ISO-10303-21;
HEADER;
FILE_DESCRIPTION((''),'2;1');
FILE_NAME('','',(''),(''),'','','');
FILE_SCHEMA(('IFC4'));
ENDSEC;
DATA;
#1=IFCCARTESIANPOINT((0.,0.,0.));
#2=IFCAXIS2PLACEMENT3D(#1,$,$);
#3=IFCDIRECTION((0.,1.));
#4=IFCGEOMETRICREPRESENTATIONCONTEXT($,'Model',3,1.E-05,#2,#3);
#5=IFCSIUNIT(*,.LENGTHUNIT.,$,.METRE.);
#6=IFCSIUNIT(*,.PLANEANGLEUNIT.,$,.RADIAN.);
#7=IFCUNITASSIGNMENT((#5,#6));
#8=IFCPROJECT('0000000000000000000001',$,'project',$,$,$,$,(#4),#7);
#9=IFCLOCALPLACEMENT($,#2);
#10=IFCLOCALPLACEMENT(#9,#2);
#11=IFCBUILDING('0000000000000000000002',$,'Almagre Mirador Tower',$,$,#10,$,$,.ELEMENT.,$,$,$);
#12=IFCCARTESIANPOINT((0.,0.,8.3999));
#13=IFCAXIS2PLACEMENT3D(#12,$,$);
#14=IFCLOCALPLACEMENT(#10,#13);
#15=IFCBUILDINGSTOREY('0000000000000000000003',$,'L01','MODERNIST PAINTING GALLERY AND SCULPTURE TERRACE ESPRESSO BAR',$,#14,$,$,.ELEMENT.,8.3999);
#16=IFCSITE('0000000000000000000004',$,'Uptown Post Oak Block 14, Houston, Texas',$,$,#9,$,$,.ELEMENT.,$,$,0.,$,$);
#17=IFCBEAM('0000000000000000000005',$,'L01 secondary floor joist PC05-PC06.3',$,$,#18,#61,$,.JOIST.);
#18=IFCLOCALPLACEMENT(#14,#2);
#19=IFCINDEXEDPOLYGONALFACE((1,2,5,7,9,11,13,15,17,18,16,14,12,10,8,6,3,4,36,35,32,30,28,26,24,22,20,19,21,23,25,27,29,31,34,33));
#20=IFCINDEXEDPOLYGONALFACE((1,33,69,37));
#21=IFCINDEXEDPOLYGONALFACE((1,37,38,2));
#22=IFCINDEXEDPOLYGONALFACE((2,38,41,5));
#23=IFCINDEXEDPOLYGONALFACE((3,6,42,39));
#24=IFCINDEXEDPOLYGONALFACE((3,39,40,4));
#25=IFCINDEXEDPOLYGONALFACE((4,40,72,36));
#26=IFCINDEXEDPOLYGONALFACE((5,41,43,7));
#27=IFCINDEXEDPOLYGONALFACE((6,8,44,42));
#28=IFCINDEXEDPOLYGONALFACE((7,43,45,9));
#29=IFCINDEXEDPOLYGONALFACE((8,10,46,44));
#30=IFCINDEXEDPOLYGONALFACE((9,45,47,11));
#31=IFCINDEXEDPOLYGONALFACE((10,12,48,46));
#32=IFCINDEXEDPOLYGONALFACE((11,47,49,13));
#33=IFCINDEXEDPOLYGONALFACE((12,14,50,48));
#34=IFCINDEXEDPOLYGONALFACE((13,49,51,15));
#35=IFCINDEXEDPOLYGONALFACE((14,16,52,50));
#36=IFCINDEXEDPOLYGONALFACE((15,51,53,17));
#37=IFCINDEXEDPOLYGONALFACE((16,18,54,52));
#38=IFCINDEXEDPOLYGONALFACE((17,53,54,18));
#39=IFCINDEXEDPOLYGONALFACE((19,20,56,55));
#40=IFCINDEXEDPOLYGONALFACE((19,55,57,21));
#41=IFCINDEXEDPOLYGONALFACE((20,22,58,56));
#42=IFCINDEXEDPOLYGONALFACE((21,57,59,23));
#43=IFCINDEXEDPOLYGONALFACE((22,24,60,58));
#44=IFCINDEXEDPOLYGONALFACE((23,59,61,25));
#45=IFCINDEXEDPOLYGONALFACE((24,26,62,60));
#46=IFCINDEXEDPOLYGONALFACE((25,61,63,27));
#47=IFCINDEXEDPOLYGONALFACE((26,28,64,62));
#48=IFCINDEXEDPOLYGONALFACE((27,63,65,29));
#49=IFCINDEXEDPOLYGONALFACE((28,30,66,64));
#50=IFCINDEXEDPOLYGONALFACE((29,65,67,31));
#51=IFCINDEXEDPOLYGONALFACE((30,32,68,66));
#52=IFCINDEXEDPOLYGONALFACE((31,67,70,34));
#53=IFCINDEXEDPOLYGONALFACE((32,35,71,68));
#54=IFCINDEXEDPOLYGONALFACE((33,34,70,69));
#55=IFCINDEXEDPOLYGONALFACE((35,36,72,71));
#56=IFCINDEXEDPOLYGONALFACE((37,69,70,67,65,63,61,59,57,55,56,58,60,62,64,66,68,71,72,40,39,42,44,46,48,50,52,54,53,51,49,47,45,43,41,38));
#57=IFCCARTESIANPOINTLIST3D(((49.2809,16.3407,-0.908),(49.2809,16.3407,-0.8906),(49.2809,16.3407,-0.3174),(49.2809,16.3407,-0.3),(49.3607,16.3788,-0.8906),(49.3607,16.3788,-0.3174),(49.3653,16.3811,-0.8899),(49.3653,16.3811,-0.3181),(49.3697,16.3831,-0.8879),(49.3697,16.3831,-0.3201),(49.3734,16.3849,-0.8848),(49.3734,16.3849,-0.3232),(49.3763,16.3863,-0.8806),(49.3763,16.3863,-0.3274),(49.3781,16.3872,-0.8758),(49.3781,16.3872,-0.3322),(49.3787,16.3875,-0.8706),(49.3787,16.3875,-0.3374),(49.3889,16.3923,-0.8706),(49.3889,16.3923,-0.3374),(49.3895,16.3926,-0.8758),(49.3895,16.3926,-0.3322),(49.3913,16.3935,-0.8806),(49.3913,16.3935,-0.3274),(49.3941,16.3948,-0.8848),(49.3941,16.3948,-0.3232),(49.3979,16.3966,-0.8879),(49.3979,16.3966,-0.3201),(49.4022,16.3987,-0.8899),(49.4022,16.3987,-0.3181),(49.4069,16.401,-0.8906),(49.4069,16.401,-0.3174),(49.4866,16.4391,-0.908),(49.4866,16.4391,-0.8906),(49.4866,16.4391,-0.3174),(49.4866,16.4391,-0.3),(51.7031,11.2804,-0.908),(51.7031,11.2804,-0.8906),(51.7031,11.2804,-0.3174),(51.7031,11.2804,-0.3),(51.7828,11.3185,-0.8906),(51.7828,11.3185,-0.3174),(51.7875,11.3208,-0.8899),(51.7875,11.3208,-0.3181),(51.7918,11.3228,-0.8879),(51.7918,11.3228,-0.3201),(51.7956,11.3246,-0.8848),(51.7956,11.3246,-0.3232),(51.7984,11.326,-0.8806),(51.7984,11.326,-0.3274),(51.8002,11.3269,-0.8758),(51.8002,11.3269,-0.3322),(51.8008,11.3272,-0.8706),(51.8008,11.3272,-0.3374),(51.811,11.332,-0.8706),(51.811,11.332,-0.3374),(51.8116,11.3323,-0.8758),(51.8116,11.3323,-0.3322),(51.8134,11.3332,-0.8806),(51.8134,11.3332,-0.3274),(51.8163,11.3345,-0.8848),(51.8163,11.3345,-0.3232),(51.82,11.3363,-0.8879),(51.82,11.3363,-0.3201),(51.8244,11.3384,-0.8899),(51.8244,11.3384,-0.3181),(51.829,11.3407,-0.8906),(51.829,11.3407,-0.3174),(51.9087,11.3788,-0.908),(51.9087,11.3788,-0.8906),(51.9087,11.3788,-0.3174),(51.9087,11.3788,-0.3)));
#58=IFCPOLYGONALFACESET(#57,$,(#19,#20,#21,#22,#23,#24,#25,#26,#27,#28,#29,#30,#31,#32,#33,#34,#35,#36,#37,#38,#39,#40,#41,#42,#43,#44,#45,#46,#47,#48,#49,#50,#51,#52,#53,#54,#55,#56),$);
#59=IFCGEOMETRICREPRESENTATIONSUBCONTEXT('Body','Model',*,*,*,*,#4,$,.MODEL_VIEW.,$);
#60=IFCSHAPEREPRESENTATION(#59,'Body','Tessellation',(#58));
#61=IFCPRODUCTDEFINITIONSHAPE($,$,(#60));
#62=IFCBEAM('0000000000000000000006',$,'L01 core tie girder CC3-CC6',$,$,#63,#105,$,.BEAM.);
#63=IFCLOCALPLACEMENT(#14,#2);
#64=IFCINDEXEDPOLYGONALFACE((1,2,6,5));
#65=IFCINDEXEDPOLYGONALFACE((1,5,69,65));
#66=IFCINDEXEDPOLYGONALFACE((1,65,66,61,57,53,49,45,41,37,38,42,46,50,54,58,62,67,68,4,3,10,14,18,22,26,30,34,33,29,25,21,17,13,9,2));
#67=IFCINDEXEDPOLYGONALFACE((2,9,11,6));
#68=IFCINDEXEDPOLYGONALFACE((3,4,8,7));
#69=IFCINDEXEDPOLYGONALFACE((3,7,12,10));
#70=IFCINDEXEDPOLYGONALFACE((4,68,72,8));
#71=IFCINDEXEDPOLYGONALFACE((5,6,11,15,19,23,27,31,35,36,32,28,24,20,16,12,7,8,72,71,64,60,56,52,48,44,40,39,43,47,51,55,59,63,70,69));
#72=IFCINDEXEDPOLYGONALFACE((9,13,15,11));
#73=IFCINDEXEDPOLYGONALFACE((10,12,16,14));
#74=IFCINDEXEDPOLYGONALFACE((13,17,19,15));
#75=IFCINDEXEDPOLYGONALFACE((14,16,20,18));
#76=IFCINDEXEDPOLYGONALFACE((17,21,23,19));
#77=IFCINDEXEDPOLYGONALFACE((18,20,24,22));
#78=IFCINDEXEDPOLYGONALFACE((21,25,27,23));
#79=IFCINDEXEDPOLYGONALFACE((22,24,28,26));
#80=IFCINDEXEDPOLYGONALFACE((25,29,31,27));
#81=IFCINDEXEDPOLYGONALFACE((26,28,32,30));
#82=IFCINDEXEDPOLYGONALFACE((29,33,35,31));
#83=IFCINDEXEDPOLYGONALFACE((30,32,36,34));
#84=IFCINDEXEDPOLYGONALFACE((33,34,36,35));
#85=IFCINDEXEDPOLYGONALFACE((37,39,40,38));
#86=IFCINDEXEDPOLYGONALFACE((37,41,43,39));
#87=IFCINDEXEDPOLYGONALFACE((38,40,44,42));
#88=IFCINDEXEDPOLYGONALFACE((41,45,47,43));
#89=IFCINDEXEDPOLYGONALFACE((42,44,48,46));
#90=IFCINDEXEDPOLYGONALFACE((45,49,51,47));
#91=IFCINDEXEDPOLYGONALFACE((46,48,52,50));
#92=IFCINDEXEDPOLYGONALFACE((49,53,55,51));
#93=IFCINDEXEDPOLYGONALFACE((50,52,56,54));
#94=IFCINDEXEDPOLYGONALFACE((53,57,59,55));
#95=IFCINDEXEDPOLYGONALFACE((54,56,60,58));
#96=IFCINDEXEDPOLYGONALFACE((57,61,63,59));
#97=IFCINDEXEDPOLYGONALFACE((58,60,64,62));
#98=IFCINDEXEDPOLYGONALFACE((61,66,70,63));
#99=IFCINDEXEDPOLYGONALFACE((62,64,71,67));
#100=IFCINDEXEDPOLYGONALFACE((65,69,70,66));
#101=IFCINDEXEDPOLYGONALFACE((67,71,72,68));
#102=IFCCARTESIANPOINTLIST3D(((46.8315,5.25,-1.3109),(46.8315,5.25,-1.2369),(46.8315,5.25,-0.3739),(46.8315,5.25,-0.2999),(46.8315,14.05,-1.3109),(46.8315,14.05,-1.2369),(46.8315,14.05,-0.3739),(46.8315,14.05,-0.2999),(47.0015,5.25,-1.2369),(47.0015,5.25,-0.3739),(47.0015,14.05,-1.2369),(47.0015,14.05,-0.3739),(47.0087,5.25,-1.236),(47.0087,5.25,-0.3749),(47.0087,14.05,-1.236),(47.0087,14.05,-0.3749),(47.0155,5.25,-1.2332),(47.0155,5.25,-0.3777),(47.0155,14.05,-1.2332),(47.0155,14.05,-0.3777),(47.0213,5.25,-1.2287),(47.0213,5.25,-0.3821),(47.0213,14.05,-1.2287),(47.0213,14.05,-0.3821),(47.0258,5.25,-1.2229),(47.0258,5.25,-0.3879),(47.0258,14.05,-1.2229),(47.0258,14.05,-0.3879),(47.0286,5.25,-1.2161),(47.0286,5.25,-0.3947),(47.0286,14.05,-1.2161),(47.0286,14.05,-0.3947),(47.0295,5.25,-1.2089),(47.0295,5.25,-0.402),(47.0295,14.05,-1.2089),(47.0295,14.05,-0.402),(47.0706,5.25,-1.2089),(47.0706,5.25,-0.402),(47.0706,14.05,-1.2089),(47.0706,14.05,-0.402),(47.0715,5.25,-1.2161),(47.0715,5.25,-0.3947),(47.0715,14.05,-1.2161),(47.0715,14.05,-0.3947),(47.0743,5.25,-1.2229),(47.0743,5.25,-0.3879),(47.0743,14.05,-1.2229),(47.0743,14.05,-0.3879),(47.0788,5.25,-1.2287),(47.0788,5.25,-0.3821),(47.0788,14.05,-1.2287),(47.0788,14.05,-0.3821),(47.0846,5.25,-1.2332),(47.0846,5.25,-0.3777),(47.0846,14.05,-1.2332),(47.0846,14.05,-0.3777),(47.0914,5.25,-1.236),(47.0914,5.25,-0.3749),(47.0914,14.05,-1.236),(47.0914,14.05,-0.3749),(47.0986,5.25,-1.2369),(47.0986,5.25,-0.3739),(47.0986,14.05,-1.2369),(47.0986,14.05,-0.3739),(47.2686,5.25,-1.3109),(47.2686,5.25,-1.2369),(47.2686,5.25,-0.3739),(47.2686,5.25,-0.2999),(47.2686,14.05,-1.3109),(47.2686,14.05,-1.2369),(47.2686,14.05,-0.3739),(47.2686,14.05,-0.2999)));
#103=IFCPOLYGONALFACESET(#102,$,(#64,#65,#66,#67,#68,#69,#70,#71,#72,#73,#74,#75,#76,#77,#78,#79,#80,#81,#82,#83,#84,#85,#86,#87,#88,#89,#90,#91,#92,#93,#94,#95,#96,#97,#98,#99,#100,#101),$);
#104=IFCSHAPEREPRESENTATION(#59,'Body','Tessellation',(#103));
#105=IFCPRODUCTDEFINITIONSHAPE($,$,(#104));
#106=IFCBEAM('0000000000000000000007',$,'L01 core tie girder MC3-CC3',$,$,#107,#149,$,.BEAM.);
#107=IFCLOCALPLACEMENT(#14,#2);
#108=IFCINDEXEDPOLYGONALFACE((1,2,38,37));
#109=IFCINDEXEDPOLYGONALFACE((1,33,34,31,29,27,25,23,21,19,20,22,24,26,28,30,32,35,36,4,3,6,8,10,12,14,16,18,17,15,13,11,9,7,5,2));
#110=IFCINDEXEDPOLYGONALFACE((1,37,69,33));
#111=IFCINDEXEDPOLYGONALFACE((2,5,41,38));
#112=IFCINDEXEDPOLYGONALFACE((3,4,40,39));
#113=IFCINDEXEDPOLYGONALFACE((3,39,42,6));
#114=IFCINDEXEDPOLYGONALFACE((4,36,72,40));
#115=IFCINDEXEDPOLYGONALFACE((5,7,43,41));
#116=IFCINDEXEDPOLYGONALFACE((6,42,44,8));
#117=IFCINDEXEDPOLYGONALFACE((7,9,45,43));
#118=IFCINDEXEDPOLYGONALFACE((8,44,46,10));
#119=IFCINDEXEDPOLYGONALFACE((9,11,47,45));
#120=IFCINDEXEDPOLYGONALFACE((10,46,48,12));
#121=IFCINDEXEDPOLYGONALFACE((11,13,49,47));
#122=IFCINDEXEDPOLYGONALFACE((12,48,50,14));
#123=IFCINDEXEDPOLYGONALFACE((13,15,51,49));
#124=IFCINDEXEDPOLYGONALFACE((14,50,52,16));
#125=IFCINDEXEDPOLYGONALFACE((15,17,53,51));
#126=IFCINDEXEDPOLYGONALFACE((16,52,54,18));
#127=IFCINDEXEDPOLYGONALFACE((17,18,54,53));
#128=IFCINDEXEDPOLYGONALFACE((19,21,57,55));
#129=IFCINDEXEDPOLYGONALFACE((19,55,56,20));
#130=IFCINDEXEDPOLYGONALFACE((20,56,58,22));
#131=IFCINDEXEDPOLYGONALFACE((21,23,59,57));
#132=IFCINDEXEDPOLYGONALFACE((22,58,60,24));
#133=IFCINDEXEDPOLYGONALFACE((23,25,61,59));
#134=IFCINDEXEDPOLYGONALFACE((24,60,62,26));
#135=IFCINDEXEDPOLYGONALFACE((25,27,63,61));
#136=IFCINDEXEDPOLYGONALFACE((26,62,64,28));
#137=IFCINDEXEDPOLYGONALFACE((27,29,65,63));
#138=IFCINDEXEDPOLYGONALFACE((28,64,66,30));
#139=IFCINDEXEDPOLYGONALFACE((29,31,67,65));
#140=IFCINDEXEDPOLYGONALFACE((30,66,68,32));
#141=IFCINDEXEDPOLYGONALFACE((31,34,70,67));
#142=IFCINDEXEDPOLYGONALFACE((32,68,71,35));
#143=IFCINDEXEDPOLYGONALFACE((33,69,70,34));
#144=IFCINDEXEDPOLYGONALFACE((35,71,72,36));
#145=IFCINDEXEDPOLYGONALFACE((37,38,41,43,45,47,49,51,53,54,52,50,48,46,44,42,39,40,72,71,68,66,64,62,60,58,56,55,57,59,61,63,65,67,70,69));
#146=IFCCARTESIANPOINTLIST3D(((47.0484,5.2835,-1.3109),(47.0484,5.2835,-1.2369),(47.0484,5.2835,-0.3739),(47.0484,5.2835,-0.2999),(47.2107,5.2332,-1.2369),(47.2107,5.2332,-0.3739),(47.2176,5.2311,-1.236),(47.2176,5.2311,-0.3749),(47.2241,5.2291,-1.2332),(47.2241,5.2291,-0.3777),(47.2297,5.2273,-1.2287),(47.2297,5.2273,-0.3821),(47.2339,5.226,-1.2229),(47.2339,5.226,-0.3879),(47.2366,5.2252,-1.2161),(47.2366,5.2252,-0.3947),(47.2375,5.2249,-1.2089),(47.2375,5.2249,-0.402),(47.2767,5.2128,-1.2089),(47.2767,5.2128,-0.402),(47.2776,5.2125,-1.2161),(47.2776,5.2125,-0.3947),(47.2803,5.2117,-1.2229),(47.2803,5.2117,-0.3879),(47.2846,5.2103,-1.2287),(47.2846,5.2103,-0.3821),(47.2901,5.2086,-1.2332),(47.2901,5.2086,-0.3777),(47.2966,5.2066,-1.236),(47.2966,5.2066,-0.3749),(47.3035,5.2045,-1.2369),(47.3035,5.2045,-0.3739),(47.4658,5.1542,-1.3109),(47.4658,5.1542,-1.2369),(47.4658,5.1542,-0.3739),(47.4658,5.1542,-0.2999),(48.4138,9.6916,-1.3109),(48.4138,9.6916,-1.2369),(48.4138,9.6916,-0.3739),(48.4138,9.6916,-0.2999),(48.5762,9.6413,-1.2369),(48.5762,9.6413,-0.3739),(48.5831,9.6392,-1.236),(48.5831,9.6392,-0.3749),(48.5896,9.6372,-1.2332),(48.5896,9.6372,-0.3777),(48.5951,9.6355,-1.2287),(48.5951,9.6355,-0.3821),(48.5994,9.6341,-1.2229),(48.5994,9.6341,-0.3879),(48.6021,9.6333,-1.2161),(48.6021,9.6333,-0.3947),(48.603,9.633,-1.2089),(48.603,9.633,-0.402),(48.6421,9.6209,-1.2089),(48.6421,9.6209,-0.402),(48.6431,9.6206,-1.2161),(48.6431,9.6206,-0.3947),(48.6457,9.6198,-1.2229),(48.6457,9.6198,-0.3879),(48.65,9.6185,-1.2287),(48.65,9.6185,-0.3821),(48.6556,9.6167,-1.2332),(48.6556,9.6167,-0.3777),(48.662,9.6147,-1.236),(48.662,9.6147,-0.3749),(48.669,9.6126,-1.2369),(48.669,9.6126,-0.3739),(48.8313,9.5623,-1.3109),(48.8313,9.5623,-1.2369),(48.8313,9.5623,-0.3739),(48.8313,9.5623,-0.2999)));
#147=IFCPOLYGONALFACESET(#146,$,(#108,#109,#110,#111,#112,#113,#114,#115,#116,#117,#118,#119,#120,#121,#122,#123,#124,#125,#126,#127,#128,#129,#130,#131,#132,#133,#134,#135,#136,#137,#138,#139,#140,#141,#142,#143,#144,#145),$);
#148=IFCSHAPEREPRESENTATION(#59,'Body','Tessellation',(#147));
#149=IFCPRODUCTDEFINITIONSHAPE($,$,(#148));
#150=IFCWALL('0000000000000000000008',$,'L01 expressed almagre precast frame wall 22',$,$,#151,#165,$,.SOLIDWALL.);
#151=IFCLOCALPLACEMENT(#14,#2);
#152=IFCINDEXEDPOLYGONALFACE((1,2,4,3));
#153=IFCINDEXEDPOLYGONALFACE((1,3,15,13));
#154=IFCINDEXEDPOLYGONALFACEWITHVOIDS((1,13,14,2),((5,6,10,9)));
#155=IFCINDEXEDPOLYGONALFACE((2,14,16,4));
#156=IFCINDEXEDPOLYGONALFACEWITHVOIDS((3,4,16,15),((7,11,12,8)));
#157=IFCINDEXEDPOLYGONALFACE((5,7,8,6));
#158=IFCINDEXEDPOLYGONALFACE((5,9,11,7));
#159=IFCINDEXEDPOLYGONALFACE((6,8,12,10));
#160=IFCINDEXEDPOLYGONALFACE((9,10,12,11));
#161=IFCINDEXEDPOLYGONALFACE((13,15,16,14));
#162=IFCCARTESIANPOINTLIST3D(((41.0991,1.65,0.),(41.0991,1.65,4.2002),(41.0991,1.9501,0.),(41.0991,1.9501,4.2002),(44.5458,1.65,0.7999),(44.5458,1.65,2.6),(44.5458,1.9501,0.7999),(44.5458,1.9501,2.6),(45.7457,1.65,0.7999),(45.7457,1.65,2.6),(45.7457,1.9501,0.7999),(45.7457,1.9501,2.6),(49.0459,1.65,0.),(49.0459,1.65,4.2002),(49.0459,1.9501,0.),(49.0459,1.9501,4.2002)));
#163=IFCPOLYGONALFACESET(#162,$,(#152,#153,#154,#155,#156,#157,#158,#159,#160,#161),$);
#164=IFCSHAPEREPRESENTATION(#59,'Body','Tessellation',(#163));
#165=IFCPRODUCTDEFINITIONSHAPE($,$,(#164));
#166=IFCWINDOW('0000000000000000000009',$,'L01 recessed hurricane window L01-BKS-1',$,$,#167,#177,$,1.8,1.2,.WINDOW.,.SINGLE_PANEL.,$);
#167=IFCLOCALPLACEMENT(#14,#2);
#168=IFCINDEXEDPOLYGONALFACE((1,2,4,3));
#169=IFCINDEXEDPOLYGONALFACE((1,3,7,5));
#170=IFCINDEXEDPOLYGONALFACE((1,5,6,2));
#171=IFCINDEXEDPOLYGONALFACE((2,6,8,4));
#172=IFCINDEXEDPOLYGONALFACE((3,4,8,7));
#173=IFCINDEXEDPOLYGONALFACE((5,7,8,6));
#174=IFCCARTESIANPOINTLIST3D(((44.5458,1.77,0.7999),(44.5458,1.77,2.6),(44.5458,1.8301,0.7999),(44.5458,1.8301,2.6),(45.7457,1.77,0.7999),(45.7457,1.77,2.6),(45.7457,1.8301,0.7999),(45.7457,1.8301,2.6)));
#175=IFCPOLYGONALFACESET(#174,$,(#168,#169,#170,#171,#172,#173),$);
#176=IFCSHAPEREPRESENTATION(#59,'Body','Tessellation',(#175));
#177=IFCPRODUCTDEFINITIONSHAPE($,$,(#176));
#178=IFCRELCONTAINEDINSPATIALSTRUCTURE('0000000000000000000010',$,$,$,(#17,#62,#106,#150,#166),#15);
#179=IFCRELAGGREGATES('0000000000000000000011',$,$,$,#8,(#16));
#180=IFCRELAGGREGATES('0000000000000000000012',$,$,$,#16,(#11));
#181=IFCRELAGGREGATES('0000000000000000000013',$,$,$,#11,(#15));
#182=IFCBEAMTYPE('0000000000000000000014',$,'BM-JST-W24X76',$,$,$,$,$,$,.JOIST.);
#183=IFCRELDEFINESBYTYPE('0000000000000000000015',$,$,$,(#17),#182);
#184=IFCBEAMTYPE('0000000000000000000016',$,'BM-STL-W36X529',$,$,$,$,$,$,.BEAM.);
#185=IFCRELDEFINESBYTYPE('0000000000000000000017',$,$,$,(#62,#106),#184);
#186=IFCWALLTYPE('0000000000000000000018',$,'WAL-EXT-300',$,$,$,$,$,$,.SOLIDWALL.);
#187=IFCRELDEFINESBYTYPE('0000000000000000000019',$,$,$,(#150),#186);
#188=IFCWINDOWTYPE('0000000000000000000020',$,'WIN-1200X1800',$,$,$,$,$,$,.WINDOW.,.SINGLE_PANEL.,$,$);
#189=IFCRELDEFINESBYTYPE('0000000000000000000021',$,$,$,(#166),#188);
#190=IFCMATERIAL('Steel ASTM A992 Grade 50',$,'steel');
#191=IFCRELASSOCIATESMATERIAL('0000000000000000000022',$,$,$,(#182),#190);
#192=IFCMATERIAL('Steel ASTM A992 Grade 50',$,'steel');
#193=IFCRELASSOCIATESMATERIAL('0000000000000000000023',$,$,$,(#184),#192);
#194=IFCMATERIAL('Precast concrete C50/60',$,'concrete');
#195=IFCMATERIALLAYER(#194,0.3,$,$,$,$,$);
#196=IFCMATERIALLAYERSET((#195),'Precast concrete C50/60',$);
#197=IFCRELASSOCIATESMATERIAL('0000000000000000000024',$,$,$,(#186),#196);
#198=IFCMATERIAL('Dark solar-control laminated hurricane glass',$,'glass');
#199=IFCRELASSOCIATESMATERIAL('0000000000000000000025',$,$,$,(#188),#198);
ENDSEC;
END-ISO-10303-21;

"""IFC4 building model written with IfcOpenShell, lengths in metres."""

from ifc_helpers import new_model, si_unit, direction, frame, frame_2d, origin, origin_2d, place, context, subcontext, project, spatial, rectangle, i_section, extrude, material, layer, layer_set, material_profile, profile_set, type_object, element, fill, save


model = new_model("IFC4")

# Units and contexts
model_context = context("Model", 3, precision=1e-05, world=origin(), true_north=direction((0.0, 1.0)))
body_context = subcontext(model_context, "Body", "Model", "MODEL_VIEW")
ifc_project = project(units=[si_unit("LENGTHUNIT", "METRE"), si_unit("PLANEANGLEUNIT", "RADIAN")], contexts=[model_context])

# Site, building, storey
site_placement = place(None, origin())
site = spatial("IfcSite", under=ifc_project, at=site_placement, Name="Uptown Post Oak Block 14, Houston, Texas", CompositionType="ELEMENT", RefElevation=0.0)
building_placement = place(site_placement, origin())
building = spatial("IfcBuilding", under=site, at=building_placement, Name="Almagre Mirador Tower", CompositionType="ELEMENT")
storey_placement = place(building_placement, frame((0.0, 0.0, 8.3999)))
storey = spatial("IfcBuildingStorey", under=building, at=storey_placement, Name="L01", Description="MODERNIST PAINTING GALLERY AND SCULPTURE TERRACE ESPRESSO BAR", CompositionType="ELEMENT", Elevation=8.3999)

# Beams
ifc_material_1 = material(Name="Steel ASTM A992 Grade 50", Category="steel")
ifc_material_profile_1 = material_profile(ifc_material_1, i_section(OverallWidth=0.228, OverallDepth=0.6079, WebThickness=0.0112, FlangeThickness=0.0173, FilletRadius=0.02, at=origin_2d()), Name="W24X76")
ifc_profile_set_1 = profile_set([ifc_material_profile_1], Name="Steel ASTM A992 Grade 50")
beam_type_1 = type_object("IfcBeamType", Name="BM-JST-W24X76", PredefinedType="JOIST", material=ifc_profile_set_1)
beam_1_placement = place(storey_placement, frame((51.8059, 11.3296, -0.604), z_axis=(-0.431742, 0.901997, 0.0), x_axis=(-0.901997, -0.431742, 0.0)))
element("IfcBeam", 1, at=beam_1_placement, inside=storey, type_object=beam_type_1, Name="L01 secondary floor joist PC05-PC06.3", PredefinedType="JOIST", context=body_context, shape_type="SweptSolid", body=[
    extrude(i_section(OverallWidth=0.228, OverallDepth=0.6079, WebThickness=0.0112, FlangeThickness=0.0173, FilletRadius=0.02, at=origin_2d()), origin(), (0.0, 0.0, 1.0), 5.6101),
])
ifc_material_2 = material(Name="Steel ASTM A992 Grade 50", Category="steel")
ifc_material_profile_2 = material_profile(ifc_material_2, i_section(OverallWidth=0.437, OverallDepth=1.011, WebThickness=0.041, FlangeThickness=0.074, FilletRadius=0.0281, at=origin_2d()), Name="W36X529")
ifc_profile_set_2 = profile_set([ifc_material_profile_2], Name="Steel ASTM A992 Grade 50")
beam_type_2 = type_object("IfcBeamType", Name="BM-STL-W36X529", PredefinedType="BEAM", material=ifc_profile_set_2)
beam_2_placement = place(storey_placement, frame((47.05, 5.25, -0.8054), z_axis=(0.0, 1.0, 0.0), x_axis=(-1.0, 0.0, 0.0)))
element("IfcBeam", 2, at=beam_2_placement, inside=storey, type_object=beam_type_2, Name="L01 core tie girder CC3-CC6", PredefinedType="BEAM", context=body_context, shape_type="SweptSolid", body=[
    extrude(i_section(OverallWidth=0.437, OverallDepth=1.011, WebThickness=0.041, FlangeThickness=0.074, FilletRadius=0.0281, at=origin_2d()), origin(), (0.0, 0.0, 1.0), 8.8),
])
beam_3_placement = place(storey_placement, frame((48.6226, 9.627, -0.8054), z_axis=(-0.295888, -0.955223, 0.0), x_axis=(0.955223, -0.295888, 0.0)))
element("IfcBeam", 3, at=beam_3_placement, inside=storey, type_object=beam_type_2, Name="L01 core tie girder MC3-CC3", PredefinedType="BEAM", context=body_context, shape_type="SweptSolid", body=[
    extrude(i_section(OverallWidth=0.437, OverallDepth=1.011, WebThickness=0.041, FlangeThickness=0.074, FilletRadius=0.0281, at=origin_2d()), origin(), (0.0, 0.0, 1.0), 4.6147),
])

# Wall, opening, window
ifc_material_3 = material(Name="Precast concrete C50/60", Category="concrete")
ifc_layer_1 = layer(ifc_material_3, 0.3)
ifc_layer_set_1 = layer_set([ifc_layer_1], Name="Precast concrete C50/60")
wall_type_1 = type_object("IfcWallType", Name="WAL-EXT-300", PredefinedType="SOLIDWALL", material=ifc_layer_set_1)
wall_1_placement = place(storey_placement, frame((49.0459, 1.8, 0.0), z_axis=(0.0, 0.0, 1.0), x_axis=(-1.0, 0.0, 0.0)))
wall_1 = element("IfcWall", 4, at=wall_1_placement, inside=storey, type_object=wall_type_1, Name="L01 expressed almagre precast frame wall 22", PredefinedType="SOLIDWALL", context=body_context, shape_type="SweptSolid", body=[
    extrude(rectangle(XDim=7.9468, YDim=0.3, at=frame_2d((3.9734, 0.0))), origin(), (0.0, 0.0, 1.0), 4.2002),
])
opening_placement = place(wall_1_placement, frame((3.3, 0.0, 0.8)))
opening = element("IfcOpeningElement", 5, at=opening_placement, cuts=wall_1, PredefinedType="OPENING", context=body_context, shape_type="SweptSolid", body=[
    extrude(rectangle(XDim=1.2, YDim=1.8, at=frame_2d((0.6001, 0.8999))), frame((0.0, 0.1599, 0.0), z_axis=(0.0, -1.0, 0.0), x_axis=(1.0, 0.0, 0.0)), (0.0, 0.0, 1.0), 0.32),
])
ifc_material_4 = material(Name="Dark solar-control laminated hurricane glass", Category="glass")
window_type = type_object("IfcWindowType", Name="WIN-1200X1800", PartitioningType="SINGLE_PANEL", PredefinedType="WINDOW", material=ifc_material_4)
window_placement = place(opening_placement, origin())
window = element("IfcWindow", 6, at=window_placement, inside=storey, type_object=window_type, Name="L01 recessed hurricane window L01-BKS-1", OverallHeight=1.8, OverallWidth=1.2, PartitioningType="SINGLE_PANEL", PredefinedType="WINDOW", context=body_context, shape_type="SweptSolid", body=[
    extrude(rectangle(XDim=1.2, YDim=1.8, at=frame_2d((0.6001, 0.8999))), frame((0.0, 0.03, 0.0), z_axis=(0.0, -1.0, 0.0), x_axis=(1.0, 0.0, 0.0)), (0.0, 0.0, 1.0), 0.0601),
])
fill(opening, window)

save(model, "model.ifc")
